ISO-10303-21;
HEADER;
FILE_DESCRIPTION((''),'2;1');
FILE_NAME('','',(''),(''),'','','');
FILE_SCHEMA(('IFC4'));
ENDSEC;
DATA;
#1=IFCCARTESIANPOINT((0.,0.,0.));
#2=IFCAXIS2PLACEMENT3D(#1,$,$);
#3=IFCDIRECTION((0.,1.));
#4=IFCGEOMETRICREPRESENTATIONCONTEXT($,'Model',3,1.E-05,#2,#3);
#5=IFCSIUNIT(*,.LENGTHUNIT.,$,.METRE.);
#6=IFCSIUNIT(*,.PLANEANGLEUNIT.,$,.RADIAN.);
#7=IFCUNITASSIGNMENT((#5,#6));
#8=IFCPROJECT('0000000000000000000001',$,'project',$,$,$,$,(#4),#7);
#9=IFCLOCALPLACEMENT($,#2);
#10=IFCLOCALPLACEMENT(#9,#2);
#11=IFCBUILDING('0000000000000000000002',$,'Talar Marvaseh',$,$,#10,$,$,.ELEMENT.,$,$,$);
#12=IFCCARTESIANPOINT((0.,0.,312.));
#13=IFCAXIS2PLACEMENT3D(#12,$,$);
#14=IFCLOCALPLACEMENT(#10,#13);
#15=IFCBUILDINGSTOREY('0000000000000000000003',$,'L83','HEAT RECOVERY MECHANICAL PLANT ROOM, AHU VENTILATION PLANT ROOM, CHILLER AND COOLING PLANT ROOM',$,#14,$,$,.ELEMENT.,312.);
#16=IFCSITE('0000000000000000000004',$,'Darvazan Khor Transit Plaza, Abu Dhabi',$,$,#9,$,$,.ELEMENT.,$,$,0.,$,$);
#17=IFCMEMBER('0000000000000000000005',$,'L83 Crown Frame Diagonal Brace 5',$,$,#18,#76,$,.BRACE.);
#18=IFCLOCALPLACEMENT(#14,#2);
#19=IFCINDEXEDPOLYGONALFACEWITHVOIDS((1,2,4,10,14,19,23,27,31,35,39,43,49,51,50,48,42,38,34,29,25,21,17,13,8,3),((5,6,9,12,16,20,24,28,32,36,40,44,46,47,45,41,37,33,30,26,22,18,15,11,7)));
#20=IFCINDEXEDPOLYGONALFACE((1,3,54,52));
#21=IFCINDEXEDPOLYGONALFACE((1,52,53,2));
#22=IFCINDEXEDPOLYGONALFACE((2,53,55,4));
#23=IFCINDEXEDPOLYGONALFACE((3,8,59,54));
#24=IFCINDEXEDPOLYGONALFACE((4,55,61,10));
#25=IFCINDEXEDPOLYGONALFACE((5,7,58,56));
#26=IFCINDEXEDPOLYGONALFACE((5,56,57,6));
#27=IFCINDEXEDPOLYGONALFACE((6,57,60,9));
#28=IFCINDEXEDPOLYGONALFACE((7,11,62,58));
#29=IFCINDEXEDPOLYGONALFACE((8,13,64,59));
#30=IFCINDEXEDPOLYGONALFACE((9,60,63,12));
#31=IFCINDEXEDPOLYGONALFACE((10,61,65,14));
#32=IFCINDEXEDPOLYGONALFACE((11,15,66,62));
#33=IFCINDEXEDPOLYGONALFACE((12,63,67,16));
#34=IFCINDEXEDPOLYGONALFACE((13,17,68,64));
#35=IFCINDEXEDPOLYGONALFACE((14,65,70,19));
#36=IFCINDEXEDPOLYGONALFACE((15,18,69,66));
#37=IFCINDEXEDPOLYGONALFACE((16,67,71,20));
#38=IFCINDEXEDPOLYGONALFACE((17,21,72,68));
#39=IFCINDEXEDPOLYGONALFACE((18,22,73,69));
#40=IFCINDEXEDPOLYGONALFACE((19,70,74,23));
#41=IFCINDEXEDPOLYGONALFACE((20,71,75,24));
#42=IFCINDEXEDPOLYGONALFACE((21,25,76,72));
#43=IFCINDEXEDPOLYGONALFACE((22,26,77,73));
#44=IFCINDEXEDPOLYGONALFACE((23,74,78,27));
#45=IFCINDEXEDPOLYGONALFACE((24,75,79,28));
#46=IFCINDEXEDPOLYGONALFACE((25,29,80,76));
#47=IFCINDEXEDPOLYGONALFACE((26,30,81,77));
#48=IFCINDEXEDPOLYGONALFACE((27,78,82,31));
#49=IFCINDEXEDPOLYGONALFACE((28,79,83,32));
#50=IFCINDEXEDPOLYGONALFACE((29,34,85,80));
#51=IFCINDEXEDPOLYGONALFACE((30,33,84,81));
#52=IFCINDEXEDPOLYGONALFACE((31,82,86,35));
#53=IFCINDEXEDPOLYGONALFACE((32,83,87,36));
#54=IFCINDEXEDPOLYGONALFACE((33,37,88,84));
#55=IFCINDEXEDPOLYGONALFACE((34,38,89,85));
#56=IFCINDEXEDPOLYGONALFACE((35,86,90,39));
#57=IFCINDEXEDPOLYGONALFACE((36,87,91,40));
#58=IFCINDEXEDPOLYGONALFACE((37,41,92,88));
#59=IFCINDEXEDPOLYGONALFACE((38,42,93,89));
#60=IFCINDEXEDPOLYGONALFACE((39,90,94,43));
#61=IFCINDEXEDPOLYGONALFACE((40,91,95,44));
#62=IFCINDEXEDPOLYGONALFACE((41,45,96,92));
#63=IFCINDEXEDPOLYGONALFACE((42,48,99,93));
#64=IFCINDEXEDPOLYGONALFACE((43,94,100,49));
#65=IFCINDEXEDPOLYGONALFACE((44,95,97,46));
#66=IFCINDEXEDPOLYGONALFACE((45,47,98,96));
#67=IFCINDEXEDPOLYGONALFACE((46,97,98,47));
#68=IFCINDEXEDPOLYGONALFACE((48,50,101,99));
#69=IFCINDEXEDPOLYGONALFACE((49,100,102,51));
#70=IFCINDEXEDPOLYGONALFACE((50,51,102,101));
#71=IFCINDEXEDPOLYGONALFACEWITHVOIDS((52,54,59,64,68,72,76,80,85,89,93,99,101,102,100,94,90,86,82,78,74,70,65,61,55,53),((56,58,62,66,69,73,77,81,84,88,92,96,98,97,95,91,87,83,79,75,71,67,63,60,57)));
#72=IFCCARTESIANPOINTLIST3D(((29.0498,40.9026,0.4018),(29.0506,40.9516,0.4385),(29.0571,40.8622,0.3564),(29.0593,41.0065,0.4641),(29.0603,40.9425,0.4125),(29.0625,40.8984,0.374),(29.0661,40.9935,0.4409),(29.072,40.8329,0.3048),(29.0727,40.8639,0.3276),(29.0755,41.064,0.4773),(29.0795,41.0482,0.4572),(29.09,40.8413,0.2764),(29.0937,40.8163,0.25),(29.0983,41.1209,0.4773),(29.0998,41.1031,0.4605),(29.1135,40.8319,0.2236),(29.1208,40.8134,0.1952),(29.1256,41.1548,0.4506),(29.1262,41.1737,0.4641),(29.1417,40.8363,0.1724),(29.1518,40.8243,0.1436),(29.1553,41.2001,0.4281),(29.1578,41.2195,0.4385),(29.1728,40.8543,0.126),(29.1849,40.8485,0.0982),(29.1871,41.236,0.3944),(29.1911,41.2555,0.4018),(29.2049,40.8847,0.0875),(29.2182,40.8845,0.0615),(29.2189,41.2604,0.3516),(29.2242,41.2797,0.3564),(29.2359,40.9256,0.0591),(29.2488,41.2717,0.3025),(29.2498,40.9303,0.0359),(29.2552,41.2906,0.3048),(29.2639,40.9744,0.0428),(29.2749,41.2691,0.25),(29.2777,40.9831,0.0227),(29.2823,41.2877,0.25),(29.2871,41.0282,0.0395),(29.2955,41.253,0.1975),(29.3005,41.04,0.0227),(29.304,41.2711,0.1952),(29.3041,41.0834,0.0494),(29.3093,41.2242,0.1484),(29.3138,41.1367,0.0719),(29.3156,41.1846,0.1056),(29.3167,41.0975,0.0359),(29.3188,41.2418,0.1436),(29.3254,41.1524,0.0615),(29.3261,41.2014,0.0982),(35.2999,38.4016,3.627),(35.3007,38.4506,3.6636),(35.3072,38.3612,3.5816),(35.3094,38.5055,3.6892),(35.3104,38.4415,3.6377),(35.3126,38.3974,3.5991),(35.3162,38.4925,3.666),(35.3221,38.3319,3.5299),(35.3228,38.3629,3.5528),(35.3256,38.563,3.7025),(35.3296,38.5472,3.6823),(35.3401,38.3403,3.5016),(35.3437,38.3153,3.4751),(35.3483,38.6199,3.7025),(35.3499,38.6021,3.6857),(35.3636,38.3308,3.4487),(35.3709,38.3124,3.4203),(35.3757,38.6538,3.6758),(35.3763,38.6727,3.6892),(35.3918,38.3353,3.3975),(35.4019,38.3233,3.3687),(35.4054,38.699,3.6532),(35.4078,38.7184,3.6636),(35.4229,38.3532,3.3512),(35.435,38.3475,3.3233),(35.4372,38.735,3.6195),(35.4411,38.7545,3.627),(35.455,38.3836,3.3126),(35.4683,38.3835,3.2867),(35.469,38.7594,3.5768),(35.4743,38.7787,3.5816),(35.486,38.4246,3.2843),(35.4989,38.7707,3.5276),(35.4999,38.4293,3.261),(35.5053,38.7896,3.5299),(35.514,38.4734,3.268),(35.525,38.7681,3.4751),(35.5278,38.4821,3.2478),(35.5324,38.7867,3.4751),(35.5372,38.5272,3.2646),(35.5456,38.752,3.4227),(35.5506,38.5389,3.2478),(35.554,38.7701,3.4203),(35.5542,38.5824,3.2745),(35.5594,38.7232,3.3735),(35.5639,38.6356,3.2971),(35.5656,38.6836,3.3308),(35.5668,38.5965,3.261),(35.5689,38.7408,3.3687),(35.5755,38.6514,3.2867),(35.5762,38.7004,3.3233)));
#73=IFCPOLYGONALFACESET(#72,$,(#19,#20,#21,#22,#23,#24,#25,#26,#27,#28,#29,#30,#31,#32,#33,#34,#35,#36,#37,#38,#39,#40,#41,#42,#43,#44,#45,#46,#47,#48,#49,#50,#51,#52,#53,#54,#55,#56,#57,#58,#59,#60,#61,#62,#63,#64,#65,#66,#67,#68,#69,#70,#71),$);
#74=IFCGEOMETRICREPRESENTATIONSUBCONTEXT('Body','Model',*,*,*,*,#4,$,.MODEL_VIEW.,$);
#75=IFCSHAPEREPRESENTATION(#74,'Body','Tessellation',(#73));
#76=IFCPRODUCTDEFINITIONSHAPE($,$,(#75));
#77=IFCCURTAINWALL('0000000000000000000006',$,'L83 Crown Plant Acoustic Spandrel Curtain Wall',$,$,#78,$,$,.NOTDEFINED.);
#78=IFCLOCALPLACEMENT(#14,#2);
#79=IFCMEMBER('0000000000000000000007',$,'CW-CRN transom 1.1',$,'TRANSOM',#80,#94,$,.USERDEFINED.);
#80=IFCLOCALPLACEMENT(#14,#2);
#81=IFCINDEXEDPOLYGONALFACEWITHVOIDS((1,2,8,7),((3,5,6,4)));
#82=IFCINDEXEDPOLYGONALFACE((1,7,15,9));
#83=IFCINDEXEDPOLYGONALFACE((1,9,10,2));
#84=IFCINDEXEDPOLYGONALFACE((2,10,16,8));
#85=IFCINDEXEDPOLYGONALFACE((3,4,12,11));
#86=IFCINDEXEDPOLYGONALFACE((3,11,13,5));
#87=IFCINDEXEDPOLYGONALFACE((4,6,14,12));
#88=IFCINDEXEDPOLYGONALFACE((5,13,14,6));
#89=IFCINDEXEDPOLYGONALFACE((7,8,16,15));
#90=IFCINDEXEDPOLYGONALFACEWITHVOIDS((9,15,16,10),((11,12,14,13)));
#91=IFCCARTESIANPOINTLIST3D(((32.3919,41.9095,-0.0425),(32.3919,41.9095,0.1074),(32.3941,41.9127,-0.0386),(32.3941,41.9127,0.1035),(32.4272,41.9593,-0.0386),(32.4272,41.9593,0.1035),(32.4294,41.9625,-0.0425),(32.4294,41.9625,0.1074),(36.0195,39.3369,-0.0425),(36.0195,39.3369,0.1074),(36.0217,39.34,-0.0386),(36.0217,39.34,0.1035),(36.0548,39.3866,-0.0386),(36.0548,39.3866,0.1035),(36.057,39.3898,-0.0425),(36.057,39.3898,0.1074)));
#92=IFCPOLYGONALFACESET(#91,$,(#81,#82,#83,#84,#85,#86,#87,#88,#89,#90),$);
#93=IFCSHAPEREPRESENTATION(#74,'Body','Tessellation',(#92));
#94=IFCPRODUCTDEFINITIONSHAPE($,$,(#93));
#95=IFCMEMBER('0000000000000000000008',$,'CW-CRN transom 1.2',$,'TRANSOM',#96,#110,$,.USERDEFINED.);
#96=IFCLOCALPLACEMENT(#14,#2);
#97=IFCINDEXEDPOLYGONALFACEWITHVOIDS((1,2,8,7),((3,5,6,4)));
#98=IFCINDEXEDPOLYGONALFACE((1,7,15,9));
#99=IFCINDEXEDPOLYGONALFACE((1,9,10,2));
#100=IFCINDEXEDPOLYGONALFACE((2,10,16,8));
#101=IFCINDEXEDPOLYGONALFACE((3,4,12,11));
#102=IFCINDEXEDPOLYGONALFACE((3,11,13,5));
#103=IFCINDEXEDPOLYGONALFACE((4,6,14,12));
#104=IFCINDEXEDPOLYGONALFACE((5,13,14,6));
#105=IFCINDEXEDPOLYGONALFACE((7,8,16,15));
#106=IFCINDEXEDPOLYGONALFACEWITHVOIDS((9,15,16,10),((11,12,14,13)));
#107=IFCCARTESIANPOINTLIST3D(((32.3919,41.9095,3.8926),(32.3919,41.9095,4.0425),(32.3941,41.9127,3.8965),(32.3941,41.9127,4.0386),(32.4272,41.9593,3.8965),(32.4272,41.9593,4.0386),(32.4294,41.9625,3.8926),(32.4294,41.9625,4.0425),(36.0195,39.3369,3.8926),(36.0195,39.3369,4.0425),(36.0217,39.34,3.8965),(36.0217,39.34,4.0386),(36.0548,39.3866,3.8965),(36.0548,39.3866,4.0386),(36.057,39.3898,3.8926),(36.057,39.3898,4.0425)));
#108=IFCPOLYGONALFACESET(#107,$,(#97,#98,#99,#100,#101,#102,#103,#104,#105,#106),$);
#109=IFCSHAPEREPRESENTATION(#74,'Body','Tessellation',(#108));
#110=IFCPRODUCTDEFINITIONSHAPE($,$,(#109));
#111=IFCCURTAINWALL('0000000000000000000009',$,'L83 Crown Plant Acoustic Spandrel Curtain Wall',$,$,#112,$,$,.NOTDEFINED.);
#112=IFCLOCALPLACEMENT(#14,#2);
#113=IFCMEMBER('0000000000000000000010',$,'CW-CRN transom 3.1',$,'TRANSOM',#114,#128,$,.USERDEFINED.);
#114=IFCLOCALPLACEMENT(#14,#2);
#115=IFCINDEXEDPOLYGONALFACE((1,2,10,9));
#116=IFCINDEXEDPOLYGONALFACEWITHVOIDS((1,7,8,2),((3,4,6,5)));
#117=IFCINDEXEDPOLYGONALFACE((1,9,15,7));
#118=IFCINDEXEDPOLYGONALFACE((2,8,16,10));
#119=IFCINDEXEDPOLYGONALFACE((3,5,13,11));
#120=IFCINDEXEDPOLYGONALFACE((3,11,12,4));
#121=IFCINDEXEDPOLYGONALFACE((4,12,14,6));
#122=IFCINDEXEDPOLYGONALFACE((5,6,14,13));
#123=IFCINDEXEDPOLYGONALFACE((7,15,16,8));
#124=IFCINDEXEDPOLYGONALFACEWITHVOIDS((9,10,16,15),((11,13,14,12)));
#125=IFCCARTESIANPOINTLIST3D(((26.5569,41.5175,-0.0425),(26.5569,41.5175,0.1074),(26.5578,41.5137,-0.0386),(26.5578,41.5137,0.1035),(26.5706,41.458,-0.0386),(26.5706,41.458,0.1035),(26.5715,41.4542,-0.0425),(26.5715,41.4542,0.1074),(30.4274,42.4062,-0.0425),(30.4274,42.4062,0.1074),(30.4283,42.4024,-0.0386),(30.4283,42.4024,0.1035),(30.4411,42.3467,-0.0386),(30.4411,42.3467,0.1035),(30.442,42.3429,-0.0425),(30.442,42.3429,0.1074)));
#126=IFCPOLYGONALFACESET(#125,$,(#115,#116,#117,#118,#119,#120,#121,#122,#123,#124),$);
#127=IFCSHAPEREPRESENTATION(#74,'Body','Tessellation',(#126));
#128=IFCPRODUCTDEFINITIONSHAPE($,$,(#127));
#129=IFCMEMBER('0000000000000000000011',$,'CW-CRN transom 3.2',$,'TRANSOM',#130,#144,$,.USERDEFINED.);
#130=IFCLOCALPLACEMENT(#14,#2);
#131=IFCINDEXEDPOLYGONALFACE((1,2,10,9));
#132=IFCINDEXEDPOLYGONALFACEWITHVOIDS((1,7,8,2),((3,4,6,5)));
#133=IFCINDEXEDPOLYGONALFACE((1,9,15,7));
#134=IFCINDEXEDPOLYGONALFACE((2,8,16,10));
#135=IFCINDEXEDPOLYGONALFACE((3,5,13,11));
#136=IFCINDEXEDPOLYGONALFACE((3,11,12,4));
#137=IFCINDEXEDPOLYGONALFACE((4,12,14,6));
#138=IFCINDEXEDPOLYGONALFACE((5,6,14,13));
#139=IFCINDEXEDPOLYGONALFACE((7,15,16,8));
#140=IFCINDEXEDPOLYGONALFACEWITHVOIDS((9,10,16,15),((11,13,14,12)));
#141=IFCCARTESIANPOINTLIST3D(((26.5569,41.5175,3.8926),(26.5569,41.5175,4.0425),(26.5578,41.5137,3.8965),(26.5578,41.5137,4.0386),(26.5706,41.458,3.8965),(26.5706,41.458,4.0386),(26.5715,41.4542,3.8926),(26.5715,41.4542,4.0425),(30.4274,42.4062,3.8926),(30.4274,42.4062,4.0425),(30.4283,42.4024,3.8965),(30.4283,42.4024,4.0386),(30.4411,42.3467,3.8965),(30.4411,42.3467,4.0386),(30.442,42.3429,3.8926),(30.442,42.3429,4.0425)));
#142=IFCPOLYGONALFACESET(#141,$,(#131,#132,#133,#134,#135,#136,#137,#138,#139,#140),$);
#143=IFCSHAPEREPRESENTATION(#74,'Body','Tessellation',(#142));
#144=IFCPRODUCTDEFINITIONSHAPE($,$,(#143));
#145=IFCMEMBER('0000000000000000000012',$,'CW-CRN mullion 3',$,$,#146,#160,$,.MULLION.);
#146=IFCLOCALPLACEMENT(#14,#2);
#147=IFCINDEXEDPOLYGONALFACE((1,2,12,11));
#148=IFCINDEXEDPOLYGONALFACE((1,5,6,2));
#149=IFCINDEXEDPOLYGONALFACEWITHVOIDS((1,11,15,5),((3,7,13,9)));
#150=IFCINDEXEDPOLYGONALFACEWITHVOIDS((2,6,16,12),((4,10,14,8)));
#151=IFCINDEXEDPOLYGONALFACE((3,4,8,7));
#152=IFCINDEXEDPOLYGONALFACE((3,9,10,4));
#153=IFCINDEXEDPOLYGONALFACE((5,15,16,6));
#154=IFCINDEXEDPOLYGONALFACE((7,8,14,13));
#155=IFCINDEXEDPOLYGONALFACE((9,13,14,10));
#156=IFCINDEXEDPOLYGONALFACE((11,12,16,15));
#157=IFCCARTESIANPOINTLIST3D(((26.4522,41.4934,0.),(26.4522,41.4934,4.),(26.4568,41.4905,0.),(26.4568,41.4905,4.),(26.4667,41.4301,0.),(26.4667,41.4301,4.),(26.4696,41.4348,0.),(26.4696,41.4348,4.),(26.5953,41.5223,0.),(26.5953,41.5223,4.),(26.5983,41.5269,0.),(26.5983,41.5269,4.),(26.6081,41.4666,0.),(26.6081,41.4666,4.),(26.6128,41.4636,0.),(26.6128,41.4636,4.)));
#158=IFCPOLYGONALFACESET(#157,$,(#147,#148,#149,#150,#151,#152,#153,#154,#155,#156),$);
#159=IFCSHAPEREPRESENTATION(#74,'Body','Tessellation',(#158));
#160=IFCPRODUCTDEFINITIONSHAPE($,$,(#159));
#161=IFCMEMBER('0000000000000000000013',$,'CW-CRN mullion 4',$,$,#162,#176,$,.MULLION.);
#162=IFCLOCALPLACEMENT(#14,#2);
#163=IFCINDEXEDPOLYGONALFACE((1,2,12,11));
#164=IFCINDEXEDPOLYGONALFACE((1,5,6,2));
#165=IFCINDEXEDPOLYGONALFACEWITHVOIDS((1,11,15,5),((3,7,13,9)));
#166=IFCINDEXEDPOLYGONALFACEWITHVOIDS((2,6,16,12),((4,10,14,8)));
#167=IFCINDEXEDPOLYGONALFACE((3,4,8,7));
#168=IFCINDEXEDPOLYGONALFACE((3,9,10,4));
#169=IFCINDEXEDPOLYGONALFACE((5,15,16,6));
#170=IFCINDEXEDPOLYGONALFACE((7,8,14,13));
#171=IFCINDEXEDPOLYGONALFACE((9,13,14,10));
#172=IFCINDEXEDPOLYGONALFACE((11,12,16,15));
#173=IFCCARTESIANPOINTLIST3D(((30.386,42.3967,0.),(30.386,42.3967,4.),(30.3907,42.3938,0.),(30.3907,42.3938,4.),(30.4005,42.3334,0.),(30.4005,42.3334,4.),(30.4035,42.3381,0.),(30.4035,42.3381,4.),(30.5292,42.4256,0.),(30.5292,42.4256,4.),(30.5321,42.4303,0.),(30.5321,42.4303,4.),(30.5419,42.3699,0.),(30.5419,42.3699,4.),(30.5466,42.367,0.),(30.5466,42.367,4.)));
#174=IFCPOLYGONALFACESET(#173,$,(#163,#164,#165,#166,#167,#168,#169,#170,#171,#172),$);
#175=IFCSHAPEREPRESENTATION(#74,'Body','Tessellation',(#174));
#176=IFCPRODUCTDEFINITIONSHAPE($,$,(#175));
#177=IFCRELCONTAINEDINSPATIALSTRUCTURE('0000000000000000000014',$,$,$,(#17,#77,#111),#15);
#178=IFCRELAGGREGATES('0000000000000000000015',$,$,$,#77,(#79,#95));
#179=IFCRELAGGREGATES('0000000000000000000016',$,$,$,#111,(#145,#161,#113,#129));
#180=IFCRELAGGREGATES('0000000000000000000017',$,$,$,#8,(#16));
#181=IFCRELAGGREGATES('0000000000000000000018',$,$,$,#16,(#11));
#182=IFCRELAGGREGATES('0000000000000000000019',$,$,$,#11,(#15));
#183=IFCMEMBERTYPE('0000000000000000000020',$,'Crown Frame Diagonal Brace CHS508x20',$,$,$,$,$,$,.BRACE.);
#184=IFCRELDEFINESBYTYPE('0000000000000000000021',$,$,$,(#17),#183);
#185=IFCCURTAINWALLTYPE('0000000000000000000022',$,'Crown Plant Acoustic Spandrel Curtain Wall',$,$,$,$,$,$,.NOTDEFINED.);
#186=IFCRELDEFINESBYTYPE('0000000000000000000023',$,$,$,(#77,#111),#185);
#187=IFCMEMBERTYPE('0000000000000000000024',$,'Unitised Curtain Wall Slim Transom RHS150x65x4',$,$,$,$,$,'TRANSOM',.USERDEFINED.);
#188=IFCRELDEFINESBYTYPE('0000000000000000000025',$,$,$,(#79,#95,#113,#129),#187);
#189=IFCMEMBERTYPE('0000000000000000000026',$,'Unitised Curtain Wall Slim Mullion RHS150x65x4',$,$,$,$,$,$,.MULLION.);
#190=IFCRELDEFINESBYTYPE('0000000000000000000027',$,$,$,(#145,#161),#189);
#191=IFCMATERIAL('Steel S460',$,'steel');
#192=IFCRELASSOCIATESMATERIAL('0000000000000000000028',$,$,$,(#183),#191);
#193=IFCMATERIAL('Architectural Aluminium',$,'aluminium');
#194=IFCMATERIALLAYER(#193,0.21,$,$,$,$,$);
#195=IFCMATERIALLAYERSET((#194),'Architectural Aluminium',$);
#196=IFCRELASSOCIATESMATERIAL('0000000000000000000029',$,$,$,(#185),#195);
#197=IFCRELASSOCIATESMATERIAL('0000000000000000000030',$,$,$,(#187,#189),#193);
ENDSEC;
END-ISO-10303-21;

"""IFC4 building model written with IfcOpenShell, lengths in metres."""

from ifc_helpers import new_model, si_unit, direction, frame, origin, origin_2d, place, context, subcontext, project, spatial, hollow_rectangle, hollow_circle, extrude, source, transform, mapped, material, layer, layer_set, material_profile, profile_set, type_object, type_shapes, element, aggregate, save


model = new_model("IFC4")

# Units and contexts
model_context = context("Model", 3, precision=1e-05, world=origin(), true_north=direction((0.0, 1.0)))
body_context = subcontext(model_context, "Body", "Model", "MODEL_VIEW")
ifc_project = project(units=[si_unit("LENGTHUNIT", "METRE"), si_unit("PLANEANGLEUNIT", "RADIAN")], contexts=[model_context])

# Site, building, storey
site_placement = place(None, origin())
site = spatial("IfcSite", under=ifc_project, at=site_placement, Name="Darvazan Khor Transit Plaza, Abu Dhabi", CompositionType="ELEMENT", RefElevation=0.0)
building_placement = place(site_placement, origin())
building = spatial("IfcBuilding", under=site, at=building_placement, Name="Talar Marvaseh", CompositionType="ELEMENT")
storey_placement = place(building_placement, frame((0.0, 0.0, 312.0)))
storey = spatial("IfcBuildingStorey", under=building, at=storey_placement, Name="L83", Description="HEAT RECOVERY MECHANICAL PLANT ROOM, AHU VENTILATION PLANT ROOM, CHILLER AND COOLING PLANT ROOM", CompositionType="ELEMENT", Elevation=312.0)

# Shared definitions
ifc_material_1 = material(Name="Steel S460", Category="steel")

# Member
ifc_material_profile_1 = material_profile(ifc_material_1, hollow_circle(Radius=0.2539, WallThickness=0.02, at=origin_2d()), Name="CHS508x20")
ifc_profile_set_1 = profile_set([ifc_material_profile_1], Name="Steel S460")
member_type_1 = type_object("IfcMemberType", Name="Crown Frame Diagonal Brace CHS508x20", PredefinedType="BRACE", material=ifc_profile_set_1)
shared_shape_1 = source(origin(), body_context, "Body", "SweptSolid", [
    extrude(hollow_circle(Radius=0.2539, WallThickness=0.02, at=origin_2d()), origin(), (0.0, 0.0, 1.0), 7.4646),
])
type_shapes(member_type_1, [shared_shape_1])
member_1_placement = place(storey_placement, frame((29.188, 41.052, 0.25), z_axis=(0.837297, -0.33505, 0.432059), x_axis=(0.371516, 0.928427, 0.0)))
element("IfcMember", 1, at=member_1_placement, inside=storey, type_object=member_type_1, Name="L83 Crown Frame Diagonal Brace 5", PredefinedType="BRACE", context=body_context, shape_type="MappedRepresentation", body=[
    mapped(shared_shape_1, transform((0.0, 0.0, 0.0), x_axis=(1.0, 0.0, 0.0), y_axis=(0.0, 1.0, 0.0), z_axis=(0.0, 0.0, 1.0), scale=1.0)),
])

# Curtain walls, members
ifc_material_2 = material(Name="Architectural Aluminium", Category="aluminium")
ifc_layer_1 = layer(ifc_material_2, 0.21)
ifc_layer_set_1 = layer_set([ifc_layer_1], Name="Architectural Aluminium")
curtain_wall_type = type_object("IfcCurtainWallType", Name="Crown Plant Acoustic Spandrel Curtain Wall", PredefinedType="NOTDEFINED", material=ifc_layer_set_1)
curtain_wall_1_placement = place(storey_placement, origin())
curtain_wall_1 = element("IfcCurtainWall", 2, at=curtain_wall_1_placement, inside=storey, type_object=curtain_wall_type, Name="L83 Crown Plant Acoustic Spandrel Curtain Wall", PredefinedType="NOTDEFINED")
ifc_material_profile_2 = material_profile(ifc_material_2, hollow_rectangle(XDim=0.0649, YDim=0.1499, WallThickness=0.0039, at=origin_2d()), Name="RHS150x65x4")
ifc_profile_set_2 = profile_set([ifc_material_profile_2], Name="Architectural Aluminium")
member_type_2 = type_object("IfcMemberType", Name="Unitised Curtain Wall Slim Transom RHS150x65x4", ElementType="TRANSOM", PredefinedType="USERDEFINED", material=ifc_profile_set_2)
shared_shape_2 = source(origin(), body_context, "Body", "SweptSolid", [
    extrude(hollow_rectangle(XDim=0.0649, YDim=0.1499, WallThickness=0.0039, at=origin_2d()), origin(), (0.0, 0.0, 1.0), 4.4473),
])
member_2_placement = place(storey_placement, frame((32.4106, 41.936, 0.0325), z_axis=(0.815691, -0.578488, 0.0), x_axis=(0.578488, 0.815691, 0.0)))
member_2 = element("IfcMember", 3, at=member_2_placement, type_object=member_type_2, Name="CW-CRN transom 1.1", ObjectType="TRANSOM", PredefinedType="USERDEFINED", context=body_context, shape_type="MappedRepresentation", body=[
    mapped(shared_shape_2, transform((0.0, 0.0, 0.0), x_axis=(1.0, 0.0, 0.0), y_axis=(0.0, 1.0, 0.0), z_axis=(0.0, 0.0, 1.0), scale=1.0)),
])
member_3_placement = place(storey_placement, frame((32.4106, 41.936, 3.9675), z_axis=(0.815691, -0.578488, 0.0), x_axis=(0.578488, 0.815691, 0.0)))
member_3 = element("IfcMember", 4, at=member_3_placement, type_object=member_type_2, Name="CW-CRN transom 1.2", ObjectType="TRANSOM", PredefinedType="USERDEFINED", context=body_context, shape_type="MappedRepresentation", body=[
    mapped(shared_shape_2, transform((0.0, 0.0, 0.0), x_axis=(1.0, 0.0, 0.0), y_axis=(0.0, 1.0, 0.0), z_axis=(0.0, 0.0, 1.0), scale=1.0)),
])
curtain_wall_2_placement = place(storey_placement, origin())
curtain_wall_2 = element("IfcCurtainWall", 5, at=curtain_wall_2_placement, inside=storey, type_object=curtain_wall_type, Name="L83 Crown Plant Acoustic Spandrel Curtain Wall", PredefinedType="NOTDEFINED")
shared_shape_3 = source(origin(), body_context, "Body", "SweptSolid", [
    extrude(hollow_rectangle(XDim=0.0649, YDim=0.1499, WallThickness=0.0039, at=origin_2d()), origin(), (0.0, 0.0, 1.0), 3.9712),
])
type_shapes(member_type_2, [shared_shape_2, shared_shape_3])
member_4_placement = place(storey_placement, frame((26.5642, 41.4858, 0.0325), z_axis=(0.974638, 0.223786, 0.0), x_axis=(-0.223786, 0.974638, 0.0)))
member_4 = element("IfcMember", 6, at=member_4_placement, type_object=member_type_2, Name="CW-CRN transom 3.1", ObjectType="TRANSOM", PredefinedType="USERDEFINED", context=body_context, shape_type="MappedRepresentation", body=[
    mapped(shared_shape_3, transform((0.0, 0.0, 0.0), x_axis=(1.0, 0.0, 0.0), y_axis=(0.0, 1.0, 0.0), z_axis=(0.0, 0.0, 1.0), scale=1.0)),
])
member_5_placement = place(storey_placement, frame((26.5642, 41.4858, 3.9675), z_axis=(0.974638, 0.223786, 0.0), x_axis=(-0.223786, 0.974638, 0.0)))
member_5 = element("IfcMember", 7, at=member_5_placement, type_object=member_type_2, Name="CW-CRN transom 3.2", ObjectType="TRANSOM", PredefinedType="USERDEFINED", context=body_context, shape_type="MappedRepresentation", body=[
    mapped(shared_shape_3, transform((0.0, 0.0, 0.0), x_axis=(1.0, 0.0, 0.0), y_axis=(0.0, 1.0, 0.0), z_axis=(0.0, 0.0, 1.0), scale=1.0)),
])
ifc_material_profile_3 = material_profile(ifc_material_2, hollow_rectangle(XDim=0.0649, YDim=0.1499, WallThickness=0.0039, at=origin_2d()), Name="RHS150x65x4")
ifc_profile_set_3 = profile_set([ifc_material_profile_3], Name="Architectural Aluminium")
member_type_3 = type_object("IfcMemberType", Name="Unitised Curtain Wall Slim Mullion RHS150x65x4", PredefinedType="MULLION", material=ifc_profile_set_3)
shared_shape_4 = source(origin(), body_context, "Body", "SweptSolid", [
    extrude(hollow_rectangle(XDim=0.0649, YDim=0.1499, WallThickness=0.0039, at=origin_2d()), origin(), (0.0, 0.0, 1.0), 4.0),
])
type_shapes(member_type_3, [shared_shape_4])
member_6_placement = place(storey_placement, frame((26.5325, 41.4785, 0.0), z_axis=(0.0, 0.0, 1.0), x_axis=(-0.223792, 0.974637, 0.0)))
member_6 = element("IfcMember", 8, at=member_6_placement, type_object=member_type_3, Name="CW-CRN mullion 3", PredefinedType="MULLION", context=body_context, shape_type="MappedRepresentation", body=[
    mapped(shared_shape_4, transform((0.0, 0.0, 0.0), x_axis=(1.0, 0.0, 0.0), y_axis=(0.0, 1.0, 0.0), z_axis=(0.0, 0.0, 1.0), scale=1.0)),
])
member_7_placement = place(storey_placement, frame((30.4663, 42.3818, 0.0), z_axis=(0.0, 0.0, 1.0), x_axis=(-0.223792, 0.974637, 0.0)))
member_7 = element("IfcMember", 9, at=member_7_placement, type_object=member_type_3, Name="CW-CRN mullion 4", PredefinedType="MULLION", context=body_context, shape_type="MappedRepresentation", body=[
    mapped(shared_shape_4, transform((0.0, 0.0, 0.0), x_axis=(1.0, 0.0, 0.0), y_axis=(0.0, 1.0, 0.0), z_axis=(0.0, 0.0, 1.0), scale=1.0)),
])

aggregate(curtain_wall_1, [member_2, member_3])

aggregate(curtain_wall_2, [member_6, member_7, member_4, member_5])

save(model, "model.ifc")
